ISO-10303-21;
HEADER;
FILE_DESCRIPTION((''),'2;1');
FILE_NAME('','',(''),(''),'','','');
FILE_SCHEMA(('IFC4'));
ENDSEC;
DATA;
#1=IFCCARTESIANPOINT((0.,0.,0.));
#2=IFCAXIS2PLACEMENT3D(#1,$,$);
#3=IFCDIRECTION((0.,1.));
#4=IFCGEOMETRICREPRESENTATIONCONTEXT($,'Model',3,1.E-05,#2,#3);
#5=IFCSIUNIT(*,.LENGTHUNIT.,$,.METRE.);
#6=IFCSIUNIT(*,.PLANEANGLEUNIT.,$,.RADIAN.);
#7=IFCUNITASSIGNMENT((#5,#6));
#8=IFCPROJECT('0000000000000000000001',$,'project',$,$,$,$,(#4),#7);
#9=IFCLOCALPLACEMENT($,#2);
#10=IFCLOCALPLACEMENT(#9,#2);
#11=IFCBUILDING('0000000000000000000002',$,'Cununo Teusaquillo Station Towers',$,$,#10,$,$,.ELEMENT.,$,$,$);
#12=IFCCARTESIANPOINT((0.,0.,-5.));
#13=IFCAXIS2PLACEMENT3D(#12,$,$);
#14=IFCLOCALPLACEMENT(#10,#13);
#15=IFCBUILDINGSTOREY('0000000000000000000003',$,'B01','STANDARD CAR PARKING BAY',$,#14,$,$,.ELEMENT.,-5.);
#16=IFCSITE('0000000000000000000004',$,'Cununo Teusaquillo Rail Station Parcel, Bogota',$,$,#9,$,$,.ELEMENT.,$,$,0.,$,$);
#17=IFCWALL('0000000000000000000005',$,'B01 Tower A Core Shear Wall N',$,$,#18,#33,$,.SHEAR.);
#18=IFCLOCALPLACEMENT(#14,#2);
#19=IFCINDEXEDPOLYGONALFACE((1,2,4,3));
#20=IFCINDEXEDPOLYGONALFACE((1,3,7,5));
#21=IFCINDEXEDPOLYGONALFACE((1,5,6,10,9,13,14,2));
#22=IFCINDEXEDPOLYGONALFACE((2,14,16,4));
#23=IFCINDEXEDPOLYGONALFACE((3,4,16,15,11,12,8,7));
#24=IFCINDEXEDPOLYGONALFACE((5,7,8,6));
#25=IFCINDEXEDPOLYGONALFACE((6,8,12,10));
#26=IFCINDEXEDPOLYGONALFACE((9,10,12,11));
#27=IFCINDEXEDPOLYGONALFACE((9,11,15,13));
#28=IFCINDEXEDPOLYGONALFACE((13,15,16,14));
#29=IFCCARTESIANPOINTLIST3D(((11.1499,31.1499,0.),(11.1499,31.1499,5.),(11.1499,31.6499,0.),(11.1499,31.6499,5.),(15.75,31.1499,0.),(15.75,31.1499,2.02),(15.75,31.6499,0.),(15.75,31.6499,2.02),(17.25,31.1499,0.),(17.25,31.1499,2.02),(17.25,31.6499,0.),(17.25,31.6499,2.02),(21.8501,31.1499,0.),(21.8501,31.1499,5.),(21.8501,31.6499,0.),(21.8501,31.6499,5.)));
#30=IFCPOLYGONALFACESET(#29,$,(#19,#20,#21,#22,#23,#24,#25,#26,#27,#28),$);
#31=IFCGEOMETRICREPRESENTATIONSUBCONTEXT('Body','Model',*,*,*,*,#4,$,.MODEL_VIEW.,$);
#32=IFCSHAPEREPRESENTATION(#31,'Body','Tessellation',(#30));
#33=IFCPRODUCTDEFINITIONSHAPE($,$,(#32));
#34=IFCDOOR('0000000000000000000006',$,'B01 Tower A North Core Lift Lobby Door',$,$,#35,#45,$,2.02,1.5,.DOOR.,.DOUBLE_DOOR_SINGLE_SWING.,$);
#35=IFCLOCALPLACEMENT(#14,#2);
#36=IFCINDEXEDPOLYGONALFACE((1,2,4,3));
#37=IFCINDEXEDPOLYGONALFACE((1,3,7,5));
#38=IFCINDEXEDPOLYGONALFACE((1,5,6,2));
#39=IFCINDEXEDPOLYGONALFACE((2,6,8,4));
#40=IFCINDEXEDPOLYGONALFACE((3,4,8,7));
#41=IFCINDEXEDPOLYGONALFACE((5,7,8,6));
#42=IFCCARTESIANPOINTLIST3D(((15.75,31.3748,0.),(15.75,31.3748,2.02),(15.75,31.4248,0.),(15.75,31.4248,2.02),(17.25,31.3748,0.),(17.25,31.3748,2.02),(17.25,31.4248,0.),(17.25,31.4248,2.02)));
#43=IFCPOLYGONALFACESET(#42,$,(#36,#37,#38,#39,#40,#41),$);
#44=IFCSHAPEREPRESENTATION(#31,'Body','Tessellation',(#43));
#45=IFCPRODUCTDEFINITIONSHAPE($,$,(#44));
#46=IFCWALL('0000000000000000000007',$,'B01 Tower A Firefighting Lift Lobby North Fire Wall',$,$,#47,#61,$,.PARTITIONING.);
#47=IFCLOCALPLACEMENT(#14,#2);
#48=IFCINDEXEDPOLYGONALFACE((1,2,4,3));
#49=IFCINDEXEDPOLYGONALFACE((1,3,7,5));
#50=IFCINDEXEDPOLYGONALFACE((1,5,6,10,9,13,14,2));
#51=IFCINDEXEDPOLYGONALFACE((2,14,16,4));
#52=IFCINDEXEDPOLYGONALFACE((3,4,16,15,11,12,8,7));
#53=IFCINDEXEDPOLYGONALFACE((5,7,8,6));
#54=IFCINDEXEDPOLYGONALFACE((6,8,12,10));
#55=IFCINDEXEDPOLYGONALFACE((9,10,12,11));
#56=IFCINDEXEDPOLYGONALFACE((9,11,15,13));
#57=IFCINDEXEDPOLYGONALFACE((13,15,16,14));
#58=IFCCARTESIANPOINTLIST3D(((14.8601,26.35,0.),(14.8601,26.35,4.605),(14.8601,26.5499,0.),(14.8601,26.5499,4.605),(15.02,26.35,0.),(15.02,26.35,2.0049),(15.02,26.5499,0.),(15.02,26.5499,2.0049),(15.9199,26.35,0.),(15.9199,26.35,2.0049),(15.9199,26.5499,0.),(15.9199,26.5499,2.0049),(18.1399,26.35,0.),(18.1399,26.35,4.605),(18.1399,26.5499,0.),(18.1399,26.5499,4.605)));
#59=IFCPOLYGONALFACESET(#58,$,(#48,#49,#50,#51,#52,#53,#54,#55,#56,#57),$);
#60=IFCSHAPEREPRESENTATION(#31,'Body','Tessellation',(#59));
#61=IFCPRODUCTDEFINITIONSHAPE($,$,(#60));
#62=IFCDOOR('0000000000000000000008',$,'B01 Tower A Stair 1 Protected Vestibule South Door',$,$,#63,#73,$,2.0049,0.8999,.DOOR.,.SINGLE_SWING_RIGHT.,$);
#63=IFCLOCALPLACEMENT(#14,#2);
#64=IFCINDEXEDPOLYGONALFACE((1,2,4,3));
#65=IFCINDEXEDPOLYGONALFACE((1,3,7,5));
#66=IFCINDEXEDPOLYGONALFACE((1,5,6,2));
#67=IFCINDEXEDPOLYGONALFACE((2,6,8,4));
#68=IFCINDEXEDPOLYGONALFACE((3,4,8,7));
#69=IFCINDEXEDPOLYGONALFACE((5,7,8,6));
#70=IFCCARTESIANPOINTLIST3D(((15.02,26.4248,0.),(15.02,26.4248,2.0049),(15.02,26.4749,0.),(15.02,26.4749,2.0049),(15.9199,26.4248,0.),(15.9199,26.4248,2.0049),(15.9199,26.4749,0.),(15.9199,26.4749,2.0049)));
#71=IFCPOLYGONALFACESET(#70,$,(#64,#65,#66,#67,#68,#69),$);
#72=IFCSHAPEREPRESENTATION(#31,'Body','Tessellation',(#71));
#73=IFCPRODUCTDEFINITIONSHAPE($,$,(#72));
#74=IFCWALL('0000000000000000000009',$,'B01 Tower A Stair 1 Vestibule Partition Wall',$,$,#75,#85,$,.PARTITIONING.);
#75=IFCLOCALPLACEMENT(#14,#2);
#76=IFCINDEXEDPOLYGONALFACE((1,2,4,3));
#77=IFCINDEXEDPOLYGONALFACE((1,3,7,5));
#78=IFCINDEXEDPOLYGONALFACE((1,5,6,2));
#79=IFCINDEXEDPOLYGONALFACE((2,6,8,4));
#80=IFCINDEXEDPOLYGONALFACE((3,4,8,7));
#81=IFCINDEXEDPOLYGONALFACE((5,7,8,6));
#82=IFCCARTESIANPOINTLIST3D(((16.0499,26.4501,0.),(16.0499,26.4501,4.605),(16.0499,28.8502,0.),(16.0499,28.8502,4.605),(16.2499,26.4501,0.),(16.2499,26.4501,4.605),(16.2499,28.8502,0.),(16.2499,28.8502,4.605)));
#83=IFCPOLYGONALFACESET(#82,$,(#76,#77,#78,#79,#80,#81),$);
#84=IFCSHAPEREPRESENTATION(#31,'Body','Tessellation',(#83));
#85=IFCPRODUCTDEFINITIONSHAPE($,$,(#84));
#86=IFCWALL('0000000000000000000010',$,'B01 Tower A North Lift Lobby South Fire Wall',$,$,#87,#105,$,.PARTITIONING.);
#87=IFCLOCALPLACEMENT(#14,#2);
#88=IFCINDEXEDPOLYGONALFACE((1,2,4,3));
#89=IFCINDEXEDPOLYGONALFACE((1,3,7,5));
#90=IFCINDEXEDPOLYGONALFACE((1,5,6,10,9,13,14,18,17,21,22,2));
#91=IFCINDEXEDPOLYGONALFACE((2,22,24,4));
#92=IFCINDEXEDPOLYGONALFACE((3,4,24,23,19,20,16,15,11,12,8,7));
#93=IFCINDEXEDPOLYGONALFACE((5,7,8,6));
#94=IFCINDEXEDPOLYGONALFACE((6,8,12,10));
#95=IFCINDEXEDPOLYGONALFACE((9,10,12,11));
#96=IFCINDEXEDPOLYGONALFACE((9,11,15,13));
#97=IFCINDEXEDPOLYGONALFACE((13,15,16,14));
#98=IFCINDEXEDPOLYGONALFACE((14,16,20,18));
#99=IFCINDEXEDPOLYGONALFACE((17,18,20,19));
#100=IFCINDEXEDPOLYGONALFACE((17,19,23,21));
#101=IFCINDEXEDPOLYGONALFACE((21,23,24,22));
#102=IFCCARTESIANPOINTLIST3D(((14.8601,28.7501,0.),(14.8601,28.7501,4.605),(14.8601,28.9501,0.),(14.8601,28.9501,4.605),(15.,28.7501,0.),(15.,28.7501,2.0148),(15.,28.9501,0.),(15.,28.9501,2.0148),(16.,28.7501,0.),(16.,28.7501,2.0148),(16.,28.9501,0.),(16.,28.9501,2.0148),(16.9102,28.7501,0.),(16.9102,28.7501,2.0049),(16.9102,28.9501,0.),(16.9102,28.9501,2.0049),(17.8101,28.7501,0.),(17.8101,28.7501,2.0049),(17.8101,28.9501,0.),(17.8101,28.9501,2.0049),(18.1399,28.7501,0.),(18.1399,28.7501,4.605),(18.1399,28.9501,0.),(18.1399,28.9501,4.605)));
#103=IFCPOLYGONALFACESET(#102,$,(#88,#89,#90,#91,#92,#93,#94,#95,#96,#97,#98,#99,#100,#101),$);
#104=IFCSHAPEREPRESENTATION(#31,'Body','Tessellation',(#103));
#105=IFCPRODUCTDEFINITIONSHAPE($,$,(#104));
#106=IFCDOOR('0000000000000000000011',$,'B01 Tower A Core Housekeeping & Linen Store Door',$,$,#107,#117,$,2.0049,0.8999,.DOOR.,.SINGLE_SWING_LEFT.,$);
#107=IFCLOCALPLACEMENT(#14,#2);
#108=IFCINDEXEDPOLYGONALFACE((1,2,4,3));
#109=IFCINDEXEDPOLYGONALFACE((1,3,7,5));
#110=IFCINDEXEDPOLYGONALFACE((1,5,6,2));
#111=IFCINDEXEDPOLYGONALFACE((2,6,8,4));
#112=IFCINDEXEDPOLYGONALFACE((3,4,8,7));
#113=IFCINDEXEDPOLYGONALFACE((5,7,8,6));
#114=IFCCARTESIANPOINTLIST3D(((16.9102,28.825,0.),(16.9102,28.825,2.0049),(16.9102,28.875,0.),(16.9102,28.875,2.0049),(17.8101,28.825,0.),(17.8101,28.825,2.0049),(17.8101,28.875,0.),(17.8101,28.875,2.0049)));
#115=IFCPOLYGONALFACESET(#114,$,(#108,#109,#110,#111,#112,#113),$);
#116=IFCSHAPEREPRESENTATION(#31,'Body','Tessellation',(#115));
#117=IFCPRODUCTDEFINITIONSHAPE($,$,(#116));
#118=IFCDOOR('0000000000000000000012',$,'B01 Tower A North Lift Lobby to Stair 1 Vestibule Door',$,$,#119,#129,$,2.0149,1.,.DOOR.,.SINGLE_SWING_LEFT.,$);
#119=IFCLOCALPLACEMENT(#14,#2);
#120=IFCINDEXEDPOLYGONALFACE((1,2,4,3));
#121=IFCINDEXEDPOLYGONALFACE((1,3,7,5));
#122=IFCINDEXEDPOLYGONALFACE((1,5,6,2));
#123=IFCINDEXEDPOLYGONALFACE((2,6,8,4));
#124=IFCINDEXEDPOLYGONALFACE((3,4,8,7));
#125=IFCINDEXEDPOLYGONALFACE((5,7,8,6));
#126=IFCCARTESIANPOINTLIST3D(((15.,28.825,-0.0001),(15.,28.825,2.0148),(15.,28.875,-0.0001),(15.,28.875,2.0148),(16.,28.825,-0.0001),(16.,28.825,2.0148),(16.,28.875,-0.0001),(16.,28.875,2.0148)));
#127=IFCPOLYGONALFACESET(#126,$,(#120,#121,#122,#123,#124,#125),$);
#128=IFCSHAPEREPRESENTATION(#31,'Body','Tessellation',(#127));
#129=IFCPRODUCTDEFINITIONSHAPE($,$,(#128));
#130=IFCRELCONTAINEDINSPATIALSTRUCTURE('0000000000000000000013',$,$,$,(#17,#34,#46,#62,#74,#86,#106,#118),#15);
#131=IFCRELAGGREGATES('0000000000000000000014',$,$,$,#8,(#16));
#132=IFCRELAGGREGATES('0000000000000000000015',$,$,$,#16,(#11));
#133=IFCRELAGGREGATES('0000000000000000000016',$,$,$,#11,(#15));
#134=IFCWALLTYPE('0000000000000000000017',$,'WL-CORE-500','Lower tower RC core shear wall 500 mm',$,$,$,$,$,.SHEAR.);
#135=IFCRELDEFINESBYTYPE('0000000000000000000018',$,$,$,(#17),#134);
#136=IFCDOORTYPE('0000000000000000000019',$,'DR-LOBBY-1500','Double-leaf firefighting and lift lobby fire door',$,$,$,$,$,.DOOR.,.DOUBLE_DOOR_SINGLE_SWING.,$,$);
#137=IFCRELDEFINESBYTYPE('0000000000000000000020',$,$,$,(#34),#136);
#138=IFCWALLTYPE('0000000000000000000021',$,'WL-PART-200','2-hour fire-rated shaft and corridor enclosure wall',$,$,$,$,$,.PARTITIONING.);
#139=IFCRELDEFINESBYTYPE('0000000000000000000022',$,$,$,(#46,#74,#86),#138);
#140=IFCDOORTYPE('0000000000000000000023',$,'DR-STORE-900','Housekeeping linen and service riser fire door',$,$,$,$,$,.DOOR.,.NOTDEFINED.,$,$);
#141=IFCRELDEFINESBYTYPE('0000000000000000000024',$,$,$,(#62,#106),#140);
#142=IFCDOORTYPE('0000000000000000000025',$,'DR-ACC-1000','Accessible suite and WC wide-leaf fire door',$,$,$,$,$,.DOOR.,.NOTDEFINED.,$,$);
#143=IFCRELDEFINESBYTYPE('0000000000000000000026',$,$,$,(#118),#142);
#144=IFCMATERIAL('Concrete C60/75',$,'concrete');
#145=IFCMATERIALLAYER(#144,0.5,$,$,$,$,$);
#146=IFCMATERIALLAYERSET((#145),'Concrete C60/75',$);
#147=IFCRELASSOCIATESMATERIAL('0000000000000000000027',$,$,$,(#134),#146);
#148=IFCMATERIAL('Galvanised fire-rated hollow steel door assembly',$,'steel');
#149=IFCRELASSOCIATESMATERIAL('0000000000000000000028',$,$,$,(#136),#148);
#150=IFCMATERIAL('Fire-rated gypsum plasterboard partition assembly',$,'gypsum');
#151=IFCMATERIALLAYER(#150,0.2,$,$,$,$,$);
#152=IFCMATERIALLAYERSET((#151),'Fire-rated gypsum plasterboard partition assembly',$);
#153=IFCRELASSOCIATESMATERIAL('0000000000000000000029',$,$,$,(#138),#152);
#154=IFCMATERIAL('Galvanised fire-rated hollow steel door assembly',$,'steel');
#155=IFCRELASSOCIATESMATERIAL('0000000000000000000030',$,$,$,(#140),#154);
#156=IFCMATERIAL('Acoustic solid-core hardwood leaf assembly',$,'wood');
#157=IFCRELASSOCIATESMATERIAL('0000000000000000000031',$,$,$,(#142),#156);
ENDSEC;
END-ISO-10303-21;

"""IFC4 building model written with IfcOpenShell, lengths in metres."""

from ifc_helpers import new_model, si_unit, direction, frame, frame_2d, origin, place, context, subcontext, project, spatial, rectangle, extrude, source, transform, mapped, material, layer, layer_set, type_object, element, fill, save


model = new_model("IFC4")

# Units and contexts
model_context = context("Model", 3, precision=1e-05, world=origin(), true_north=direction((0.0, 1.0)))
body_context = subcontext(model_context, "Body", "Model", "MODEL_VIEW")
ifc_project = project(units=[si_unit("LENGTHUNIT", "METRE"), si_unit("PLANEANGLEUNIT", "RADIAN")], contexts=[model_context])

# Site, building, storey
site_placement = place(None, origin())
site = spatial("IfcSite", under=ifc_project, at=site_placement, Name="Cununo Teusaquillo Rail Station Parcel, Bogota", CompositionType="ELEMENT", RefElevation=0.0)
building_placement = place(site_placement, origin())
building = spatial("IfcBuilding", under=site, at=building_placement, Name="Cununo Teusaquillo Station Towers", CompositionType="ELEMENT")
storey_placement = place(building_placement, frame((0.0, 0.0, -5.0)))
storey = spatial("IfcBuildingStorey", under=building, at=storey_placement, Name="B01", Description="STANDARD CAR PARKING BAY", CompositionType="ELEMENT", Elevation=-5.0)

# Walls, openings, doors
ifc_material_1 = material(Name="Concrete C60/75", Category="concrete")
ifc_layer_1 = layer(ifc_material_1, 0.5)
ifc_layer_set_1 = layer_set([ifc_layer_1], Name="Concrete C60/75")
wall_type_1 = type_object("IfcWallType", Name="WL-CORE-500", Description="Lower tower RC core shear wall 500 mm", PredefinedType="SHEAR", material=ifc_layer_set_1)
wall_1_placement = place(storey_placement, frame((11.1499, 31.3999, 0.0), z_axis=(0.0, 0.0, 1.0), x_axis=(1.0, 0.0, 0.0)))
wall_1 = element("IfcWall", 1, at=wall_1_placement, inside=storey, type_object=wall_type_1, Name="B01 Tower A Core Shear Wall N", PredefinedType="SHEAR", context=body_context, shape_type="SweptSolid", body=[
    extrude(rectangle(XDim=10.7002, YDim=0.5, at=frame_2d((5.3501, 0.0))), origin(), (0.0, 0.0, 1.0), 5.0),
])
shared_shape_1 = source(origin(), body_context, "Body", "SweptSolid", [
    extrude(rectangle(XDim=1.5, YDim=2.02, at=frame_2d((0.75, 1.01))), frame((0.0, 0.26, 0.0), z_axis=(0.0, -1.0, 0.0), x_axis=(1.0, 0.0, 0.0)), (0.0, 0.0, 1.0), 0.52),
])
opening_1_placement = place(wall_1_placement, frame((4.6001, 0.0, 0.0)))
opening_1 = element("IfcOpeningElement", 2, at=opening_1_placement, cuts=wall_1, PredefinedType="OPENING", context=body_context, shape_type="MappedRepresentation", body=[
    mapped(shared_shape_1, transform((0.0, 0.0, 0.0), x_axis=(1.0, 0.0, 0.0), y_axis=(0.0, 1.0, 0.0), z_axis=(0.0, 0.0, 1.0), scale=1.0)),
])
ifc_material_2 = material(Name="Galvanised fire-rated hollow steel door assembly", Category="steel")
door_type_1 = type_object("IfcDoorType", Name="DR-LOBBY-1500", Description="Double-leaf firefighting and lift lobby fire door", OperationType="DOUBLE_DOOR_SINGLE_SWING", PredefinedType="DOOR", material=ifc_material_2)
shared_shape_2 = source(origin(), body_context, "Body", "SweptSolid", [
    extrude(rectangle(XDim=1.5, YDim=2.02, at=frame_2d((0.75, 1.01))), frame((0.0, 0.0249, 0.0), z_axis=(0.0, -1.0, 0.0), x_axis=(1.0, 0.0, 0.0)), (0.0, 0.0, 1.0), 0.05),
])
door_1_placement = place(opening_1_placement, origin())
door_1 = element("IfcDoor", 3, at=door_1_placement, inside=storey, type_object=door_type_1, Name="B01 Tower A North Core Lift Lobby Door", OperationType="DOUBLE_DOOR_SINGLE_SWING", OverallHeight=2.02, OverallWidth=1.5, PredefinedType="DOOR", context=body_context, shape_type="MappedRepresentation", body=[
    mapped(shared_shape_2, transform((0.0, 0.0, 0.0), x_axis=(1.0, 0.0, 0.0), y_axis=(0.0, 1.0, 0.0), z_axis=(0.0, 0.0, 1.0), scale=1.0)),
])
fill(opening_1, door_1)
ifc_material_3 = material(Name="Fire-rated gypsum plasterboard partition assembly", Category="gypsum")
ifc_layer_2 = layer(ifc_material_3, 0.2)
ifc_layer_set_2 = layer_set([ifc_layer_2], Name="Fire-rated gypsum plasterboard partition assembly")
wall_type_2 = type_object("IfcWallType", Name="WL-PART-200", Description="2-hour fire-rated shaft and corridor enclosure wall", PredefinedType="PARTITIONING", material=ifc_layer_set_2)
wall_2_placement = place(storey_placement, frame((14.8601, 26.45, 0.0), z_axis=(0.0, 0.0, 1.0), x_axis=(1.0, 0.0, 0.0)))
wall_2 = element("IfcWall", 4, at=wall_2_placement, inside=storey, type_object=wall_type_2, Name="B01 Tower A Firefighting Lift Lobby North Fire Wall", PredefinedType="PARTITIONING", context=body_context, shape_type="SweptSolid", body=[
    extrude(rectangle(XDim=3.2798, YDim=0.2, at=frame_2d((1.6399, 0.0))), origin(), (0.0, 0.0, 1.0), 4.605),
])
shared_shape_3 = source(origin(), body_context, "Body", "SweptSolid", [
    extrude(rectangle(XDim=0.8999, YDim=2.0049, at=frame_2d((0.45, 1.0024))), frame((0.0, 0.1099, 0.0), z_axis=(0.0, -1.0, 0.0), x_axis=(1.0, 0.0, 0.0)), (0.0, 0.0, 1.0), 0.22),
])
opening_2_placement = place(wall_2_placement, frame((0.1599, 0.0, 0.0)))
opening_2 = element("IfcOpeningElement", 5, at=opening_2_placement, cuts=wall_2, PredefinedType="OPENING", context=body_context, shape_type="MappedRepresentation", body=[
    mapped(shared_shape_3, transform((0.0, 0.0, 0.0), x_axis=(1.0, 0.0, 0.0), y_axis=(0.0, 1.0, 0.0), z_axis=(0.0, 0.0, 1.0), scale=1.0)),
])
ifc_material_4 = material(Name="Galvanised fire-rated hollow steel door assembly", Category="steel")
door_type_2 = type_object("IfcDoorType", Name="DR-STORE-900", Description="Housekeeping linen and service riser fire door", OperationType="NOTDEFINED", PredefinedType="DOOR", material=ifc_material_4)
shared_shape_4 = source(origin(), body_context, "Body", "SweptSolid", [
    extrude(rectangle(XDim=0.8999, YDim=2.0049, at=frame_2d((0.45, 1.0024))), frame((0.0, 0.0249, 0.0), z_axis=(0.0, -1.0, 0.0), x_axis=(1.0, 0.0, 0.0)), (0.0, 0.0, 1.0), 0.05),
])
door_2_placement = place(opening_2_placement, origin())
door_2 = element("IfcDoor", 6, at=door_2_placement, inside=storey, type_object=door_type_2, Name="B01 Tower A Stair 1 Protected Vestibule South Door", OperationType="SINGLE_SWING_RIGHT", OverallHeight=2.0049, OverallWidth=0.8999, PredefinedType="DOOR", context=body_context, shape_type="MappedRepresentation", body=[
    mapped(shared_shape_4, transform((0.0, 0.0, 0.0), x_axis=(1.0, 0.0, 0.0), y_axis=(0.0, 1.0, 0.0), z_axis=(0.0, 0.0, 1.0), scale=1.0)),
])
fill(opening_2, door_2)

# Wall
wall_3_placement = place(storey_placement, frame((16.1499, 26.45, 0.0), z_axis=(0.0, 0.0, 1.0), x_axis=(0.0, 1.0, 0.0)))
element("IfcWall", 7, at=wall_3_placement, inside=storey, type_object=wall_type_2, Name="B01 Tower A Stair 1 Vestibule Partition Wall", PredefinedType="PARTITIONING", context=body_context, shape_type="SweptSolid", body=[
    extrude(rectangle(XDim=2.4001, YDim=0.2, at=frame_2d((1.2002, 0.0))), origin(), (0.0, 0.0, 1.0), 4.605),
])

# Wall, openings, doors
wall_4_placement = place(storey_placement, frame((14.8601, 28.8501, 0.0), z_axis=(0.0, 0.0, 1.0), x_axis=(1.0, 0.0, 0.0)))
wall_4 = element("IfcWall", 8, at=wall_4_placement, inside=storey, type_object=wall_type_2, Name="B01 Tower A North Lift Lobby South Fire Wall", PredefinedType="PARTITIONING", context=body_context, shape_type="SweptSolid", body=[
    extrude(rectangle(XDim=3.2798, YDim=0.2, at=frame_2d((1.6399, 0.0))), origin(), (0.0, 0.0, 1.0), 4.605),
])
shared_shape_5 = source(origin(), body_context, "Body", "SweptSolid", [
    extrude(rectangle(XDim=1.0, YDim=2.0149, at=frame_2d((0.5, 1.0073))), frame((0.0, 0.1099, 0.0), z_axis=(0.0, -1.0, 0.0), x_axis=(1.0, 0.0, 0.0)), (0.0, 0.0, 1.0), 0.22),
])
opening_3_placement = place(wall_4_placement, frame((0.1399, 0.0, 0.0)))
opening_3 = element("IfcOpeningElement", 9, at=opening_3_placement, cuts=wall_4, PredefinedType="OPENING", context=body_context, shape_type="MappedRepresentation", body=[
    mapped(shared_shape_5, transform((0.0, 0.0, 0.0), x_axis=(1.0, 0.0, 0.0), y_axis=(0.0, 1.0, 0.0), z_axis=(0.0, 0.0, 1.0), scale=1.0)),
])
opening_4_placement = place(wall_4_placement, frame((2.05, 0.0, 0.0)))
opening_4 = element("IfcOpeningElement", 10, at=opening_4_placement, cuts=wall_4, PredefinedType="OPENING", context=body_context, shape_type="MappedRepresentation", body=[
    mapped(shared_shape_3, transform((0.0, 0.0, 0.0), x_axis=(1.0, 0.0, 0.0), y_axis=(0.0, 1.0, 0.0), z_axis=(0.0, 0.0, 1.0), scale=1.0)),
])
door_3_placement = place(opening_4_placement, origin())
door_3 = element("IfcDoor", 11, at=door_3_placement, inside=storey, type_object=door_type_2, Name="B01 Tower A Core Housekeeping & Linen Store Door", OperationType="SINGLE_SWING_LEFT", OverallHeight=2.0049, OverallWidth=0.8999, PredefinedType="DOOR", context=body_context, shape_type="MappedRepresentation", body=[
    mapped(shared_shape_4, transform((0.0, 0.0, 0.0), x_axis=(1.0, 0.0, 0.0), y_axis=(0.0, 1.0, 0.0), z_axis=(0.0, 0.0, 1.0), scale=1.0)),
])
fill(opening_4, door_3)
ifc_material_5 = material(Name="Acoustic solid-core hardwood leaf assembly", Category="wood")
door_type_3 = type_object("IfcDoorType", Name="DR-ACC-1000", Description="Accessible suite and WC wide-leaf fire door", OperationType="NOTDEFINED", PredefinedType="DOOR", material=ifc_material_5)
shared_shape_6 = source(origin(), body_context, "Body", "SweptSolid", [
    extrude(rectangle(XDim=1.0, YDim=2.0149, at=frame_2d((0.5, 1.0073))), frame((0.0, 0.0249, 0.0), z_axis=(0.0, -1.0, 0.0), x_axis=(1.0, 0.0, 0.0)), (0.0, 0.0, 1.0), 0.05),
])
door_4_placement = place(opening_3_placement, origin())
door_4 = element("IfcDoor", 12, at=door_4_placement, inside=storey, type_object=door_type_3, Name="B01 Tower A North Lift Lobby to Stair 1 Vestibule Door", OperationType="SINGLE_SWING_LEFT", OverallHeight=2.0149, OverallWidth=1.0, PredefinedType="DOOR", context=body_context, shape_type="MappedRepresentation", body=[
    mapped(shared_shape_6, transform((0.0, 0.0, 0.0), x_axis=(1.0, 0.0, 0.0), y_axis=(0.0, 1.0, 0.0), z_axis=(0.0, 0.0, 1.0), scale=1.0)),
])
fill(opening_3, door_4)

save(model, "model.ifc")
